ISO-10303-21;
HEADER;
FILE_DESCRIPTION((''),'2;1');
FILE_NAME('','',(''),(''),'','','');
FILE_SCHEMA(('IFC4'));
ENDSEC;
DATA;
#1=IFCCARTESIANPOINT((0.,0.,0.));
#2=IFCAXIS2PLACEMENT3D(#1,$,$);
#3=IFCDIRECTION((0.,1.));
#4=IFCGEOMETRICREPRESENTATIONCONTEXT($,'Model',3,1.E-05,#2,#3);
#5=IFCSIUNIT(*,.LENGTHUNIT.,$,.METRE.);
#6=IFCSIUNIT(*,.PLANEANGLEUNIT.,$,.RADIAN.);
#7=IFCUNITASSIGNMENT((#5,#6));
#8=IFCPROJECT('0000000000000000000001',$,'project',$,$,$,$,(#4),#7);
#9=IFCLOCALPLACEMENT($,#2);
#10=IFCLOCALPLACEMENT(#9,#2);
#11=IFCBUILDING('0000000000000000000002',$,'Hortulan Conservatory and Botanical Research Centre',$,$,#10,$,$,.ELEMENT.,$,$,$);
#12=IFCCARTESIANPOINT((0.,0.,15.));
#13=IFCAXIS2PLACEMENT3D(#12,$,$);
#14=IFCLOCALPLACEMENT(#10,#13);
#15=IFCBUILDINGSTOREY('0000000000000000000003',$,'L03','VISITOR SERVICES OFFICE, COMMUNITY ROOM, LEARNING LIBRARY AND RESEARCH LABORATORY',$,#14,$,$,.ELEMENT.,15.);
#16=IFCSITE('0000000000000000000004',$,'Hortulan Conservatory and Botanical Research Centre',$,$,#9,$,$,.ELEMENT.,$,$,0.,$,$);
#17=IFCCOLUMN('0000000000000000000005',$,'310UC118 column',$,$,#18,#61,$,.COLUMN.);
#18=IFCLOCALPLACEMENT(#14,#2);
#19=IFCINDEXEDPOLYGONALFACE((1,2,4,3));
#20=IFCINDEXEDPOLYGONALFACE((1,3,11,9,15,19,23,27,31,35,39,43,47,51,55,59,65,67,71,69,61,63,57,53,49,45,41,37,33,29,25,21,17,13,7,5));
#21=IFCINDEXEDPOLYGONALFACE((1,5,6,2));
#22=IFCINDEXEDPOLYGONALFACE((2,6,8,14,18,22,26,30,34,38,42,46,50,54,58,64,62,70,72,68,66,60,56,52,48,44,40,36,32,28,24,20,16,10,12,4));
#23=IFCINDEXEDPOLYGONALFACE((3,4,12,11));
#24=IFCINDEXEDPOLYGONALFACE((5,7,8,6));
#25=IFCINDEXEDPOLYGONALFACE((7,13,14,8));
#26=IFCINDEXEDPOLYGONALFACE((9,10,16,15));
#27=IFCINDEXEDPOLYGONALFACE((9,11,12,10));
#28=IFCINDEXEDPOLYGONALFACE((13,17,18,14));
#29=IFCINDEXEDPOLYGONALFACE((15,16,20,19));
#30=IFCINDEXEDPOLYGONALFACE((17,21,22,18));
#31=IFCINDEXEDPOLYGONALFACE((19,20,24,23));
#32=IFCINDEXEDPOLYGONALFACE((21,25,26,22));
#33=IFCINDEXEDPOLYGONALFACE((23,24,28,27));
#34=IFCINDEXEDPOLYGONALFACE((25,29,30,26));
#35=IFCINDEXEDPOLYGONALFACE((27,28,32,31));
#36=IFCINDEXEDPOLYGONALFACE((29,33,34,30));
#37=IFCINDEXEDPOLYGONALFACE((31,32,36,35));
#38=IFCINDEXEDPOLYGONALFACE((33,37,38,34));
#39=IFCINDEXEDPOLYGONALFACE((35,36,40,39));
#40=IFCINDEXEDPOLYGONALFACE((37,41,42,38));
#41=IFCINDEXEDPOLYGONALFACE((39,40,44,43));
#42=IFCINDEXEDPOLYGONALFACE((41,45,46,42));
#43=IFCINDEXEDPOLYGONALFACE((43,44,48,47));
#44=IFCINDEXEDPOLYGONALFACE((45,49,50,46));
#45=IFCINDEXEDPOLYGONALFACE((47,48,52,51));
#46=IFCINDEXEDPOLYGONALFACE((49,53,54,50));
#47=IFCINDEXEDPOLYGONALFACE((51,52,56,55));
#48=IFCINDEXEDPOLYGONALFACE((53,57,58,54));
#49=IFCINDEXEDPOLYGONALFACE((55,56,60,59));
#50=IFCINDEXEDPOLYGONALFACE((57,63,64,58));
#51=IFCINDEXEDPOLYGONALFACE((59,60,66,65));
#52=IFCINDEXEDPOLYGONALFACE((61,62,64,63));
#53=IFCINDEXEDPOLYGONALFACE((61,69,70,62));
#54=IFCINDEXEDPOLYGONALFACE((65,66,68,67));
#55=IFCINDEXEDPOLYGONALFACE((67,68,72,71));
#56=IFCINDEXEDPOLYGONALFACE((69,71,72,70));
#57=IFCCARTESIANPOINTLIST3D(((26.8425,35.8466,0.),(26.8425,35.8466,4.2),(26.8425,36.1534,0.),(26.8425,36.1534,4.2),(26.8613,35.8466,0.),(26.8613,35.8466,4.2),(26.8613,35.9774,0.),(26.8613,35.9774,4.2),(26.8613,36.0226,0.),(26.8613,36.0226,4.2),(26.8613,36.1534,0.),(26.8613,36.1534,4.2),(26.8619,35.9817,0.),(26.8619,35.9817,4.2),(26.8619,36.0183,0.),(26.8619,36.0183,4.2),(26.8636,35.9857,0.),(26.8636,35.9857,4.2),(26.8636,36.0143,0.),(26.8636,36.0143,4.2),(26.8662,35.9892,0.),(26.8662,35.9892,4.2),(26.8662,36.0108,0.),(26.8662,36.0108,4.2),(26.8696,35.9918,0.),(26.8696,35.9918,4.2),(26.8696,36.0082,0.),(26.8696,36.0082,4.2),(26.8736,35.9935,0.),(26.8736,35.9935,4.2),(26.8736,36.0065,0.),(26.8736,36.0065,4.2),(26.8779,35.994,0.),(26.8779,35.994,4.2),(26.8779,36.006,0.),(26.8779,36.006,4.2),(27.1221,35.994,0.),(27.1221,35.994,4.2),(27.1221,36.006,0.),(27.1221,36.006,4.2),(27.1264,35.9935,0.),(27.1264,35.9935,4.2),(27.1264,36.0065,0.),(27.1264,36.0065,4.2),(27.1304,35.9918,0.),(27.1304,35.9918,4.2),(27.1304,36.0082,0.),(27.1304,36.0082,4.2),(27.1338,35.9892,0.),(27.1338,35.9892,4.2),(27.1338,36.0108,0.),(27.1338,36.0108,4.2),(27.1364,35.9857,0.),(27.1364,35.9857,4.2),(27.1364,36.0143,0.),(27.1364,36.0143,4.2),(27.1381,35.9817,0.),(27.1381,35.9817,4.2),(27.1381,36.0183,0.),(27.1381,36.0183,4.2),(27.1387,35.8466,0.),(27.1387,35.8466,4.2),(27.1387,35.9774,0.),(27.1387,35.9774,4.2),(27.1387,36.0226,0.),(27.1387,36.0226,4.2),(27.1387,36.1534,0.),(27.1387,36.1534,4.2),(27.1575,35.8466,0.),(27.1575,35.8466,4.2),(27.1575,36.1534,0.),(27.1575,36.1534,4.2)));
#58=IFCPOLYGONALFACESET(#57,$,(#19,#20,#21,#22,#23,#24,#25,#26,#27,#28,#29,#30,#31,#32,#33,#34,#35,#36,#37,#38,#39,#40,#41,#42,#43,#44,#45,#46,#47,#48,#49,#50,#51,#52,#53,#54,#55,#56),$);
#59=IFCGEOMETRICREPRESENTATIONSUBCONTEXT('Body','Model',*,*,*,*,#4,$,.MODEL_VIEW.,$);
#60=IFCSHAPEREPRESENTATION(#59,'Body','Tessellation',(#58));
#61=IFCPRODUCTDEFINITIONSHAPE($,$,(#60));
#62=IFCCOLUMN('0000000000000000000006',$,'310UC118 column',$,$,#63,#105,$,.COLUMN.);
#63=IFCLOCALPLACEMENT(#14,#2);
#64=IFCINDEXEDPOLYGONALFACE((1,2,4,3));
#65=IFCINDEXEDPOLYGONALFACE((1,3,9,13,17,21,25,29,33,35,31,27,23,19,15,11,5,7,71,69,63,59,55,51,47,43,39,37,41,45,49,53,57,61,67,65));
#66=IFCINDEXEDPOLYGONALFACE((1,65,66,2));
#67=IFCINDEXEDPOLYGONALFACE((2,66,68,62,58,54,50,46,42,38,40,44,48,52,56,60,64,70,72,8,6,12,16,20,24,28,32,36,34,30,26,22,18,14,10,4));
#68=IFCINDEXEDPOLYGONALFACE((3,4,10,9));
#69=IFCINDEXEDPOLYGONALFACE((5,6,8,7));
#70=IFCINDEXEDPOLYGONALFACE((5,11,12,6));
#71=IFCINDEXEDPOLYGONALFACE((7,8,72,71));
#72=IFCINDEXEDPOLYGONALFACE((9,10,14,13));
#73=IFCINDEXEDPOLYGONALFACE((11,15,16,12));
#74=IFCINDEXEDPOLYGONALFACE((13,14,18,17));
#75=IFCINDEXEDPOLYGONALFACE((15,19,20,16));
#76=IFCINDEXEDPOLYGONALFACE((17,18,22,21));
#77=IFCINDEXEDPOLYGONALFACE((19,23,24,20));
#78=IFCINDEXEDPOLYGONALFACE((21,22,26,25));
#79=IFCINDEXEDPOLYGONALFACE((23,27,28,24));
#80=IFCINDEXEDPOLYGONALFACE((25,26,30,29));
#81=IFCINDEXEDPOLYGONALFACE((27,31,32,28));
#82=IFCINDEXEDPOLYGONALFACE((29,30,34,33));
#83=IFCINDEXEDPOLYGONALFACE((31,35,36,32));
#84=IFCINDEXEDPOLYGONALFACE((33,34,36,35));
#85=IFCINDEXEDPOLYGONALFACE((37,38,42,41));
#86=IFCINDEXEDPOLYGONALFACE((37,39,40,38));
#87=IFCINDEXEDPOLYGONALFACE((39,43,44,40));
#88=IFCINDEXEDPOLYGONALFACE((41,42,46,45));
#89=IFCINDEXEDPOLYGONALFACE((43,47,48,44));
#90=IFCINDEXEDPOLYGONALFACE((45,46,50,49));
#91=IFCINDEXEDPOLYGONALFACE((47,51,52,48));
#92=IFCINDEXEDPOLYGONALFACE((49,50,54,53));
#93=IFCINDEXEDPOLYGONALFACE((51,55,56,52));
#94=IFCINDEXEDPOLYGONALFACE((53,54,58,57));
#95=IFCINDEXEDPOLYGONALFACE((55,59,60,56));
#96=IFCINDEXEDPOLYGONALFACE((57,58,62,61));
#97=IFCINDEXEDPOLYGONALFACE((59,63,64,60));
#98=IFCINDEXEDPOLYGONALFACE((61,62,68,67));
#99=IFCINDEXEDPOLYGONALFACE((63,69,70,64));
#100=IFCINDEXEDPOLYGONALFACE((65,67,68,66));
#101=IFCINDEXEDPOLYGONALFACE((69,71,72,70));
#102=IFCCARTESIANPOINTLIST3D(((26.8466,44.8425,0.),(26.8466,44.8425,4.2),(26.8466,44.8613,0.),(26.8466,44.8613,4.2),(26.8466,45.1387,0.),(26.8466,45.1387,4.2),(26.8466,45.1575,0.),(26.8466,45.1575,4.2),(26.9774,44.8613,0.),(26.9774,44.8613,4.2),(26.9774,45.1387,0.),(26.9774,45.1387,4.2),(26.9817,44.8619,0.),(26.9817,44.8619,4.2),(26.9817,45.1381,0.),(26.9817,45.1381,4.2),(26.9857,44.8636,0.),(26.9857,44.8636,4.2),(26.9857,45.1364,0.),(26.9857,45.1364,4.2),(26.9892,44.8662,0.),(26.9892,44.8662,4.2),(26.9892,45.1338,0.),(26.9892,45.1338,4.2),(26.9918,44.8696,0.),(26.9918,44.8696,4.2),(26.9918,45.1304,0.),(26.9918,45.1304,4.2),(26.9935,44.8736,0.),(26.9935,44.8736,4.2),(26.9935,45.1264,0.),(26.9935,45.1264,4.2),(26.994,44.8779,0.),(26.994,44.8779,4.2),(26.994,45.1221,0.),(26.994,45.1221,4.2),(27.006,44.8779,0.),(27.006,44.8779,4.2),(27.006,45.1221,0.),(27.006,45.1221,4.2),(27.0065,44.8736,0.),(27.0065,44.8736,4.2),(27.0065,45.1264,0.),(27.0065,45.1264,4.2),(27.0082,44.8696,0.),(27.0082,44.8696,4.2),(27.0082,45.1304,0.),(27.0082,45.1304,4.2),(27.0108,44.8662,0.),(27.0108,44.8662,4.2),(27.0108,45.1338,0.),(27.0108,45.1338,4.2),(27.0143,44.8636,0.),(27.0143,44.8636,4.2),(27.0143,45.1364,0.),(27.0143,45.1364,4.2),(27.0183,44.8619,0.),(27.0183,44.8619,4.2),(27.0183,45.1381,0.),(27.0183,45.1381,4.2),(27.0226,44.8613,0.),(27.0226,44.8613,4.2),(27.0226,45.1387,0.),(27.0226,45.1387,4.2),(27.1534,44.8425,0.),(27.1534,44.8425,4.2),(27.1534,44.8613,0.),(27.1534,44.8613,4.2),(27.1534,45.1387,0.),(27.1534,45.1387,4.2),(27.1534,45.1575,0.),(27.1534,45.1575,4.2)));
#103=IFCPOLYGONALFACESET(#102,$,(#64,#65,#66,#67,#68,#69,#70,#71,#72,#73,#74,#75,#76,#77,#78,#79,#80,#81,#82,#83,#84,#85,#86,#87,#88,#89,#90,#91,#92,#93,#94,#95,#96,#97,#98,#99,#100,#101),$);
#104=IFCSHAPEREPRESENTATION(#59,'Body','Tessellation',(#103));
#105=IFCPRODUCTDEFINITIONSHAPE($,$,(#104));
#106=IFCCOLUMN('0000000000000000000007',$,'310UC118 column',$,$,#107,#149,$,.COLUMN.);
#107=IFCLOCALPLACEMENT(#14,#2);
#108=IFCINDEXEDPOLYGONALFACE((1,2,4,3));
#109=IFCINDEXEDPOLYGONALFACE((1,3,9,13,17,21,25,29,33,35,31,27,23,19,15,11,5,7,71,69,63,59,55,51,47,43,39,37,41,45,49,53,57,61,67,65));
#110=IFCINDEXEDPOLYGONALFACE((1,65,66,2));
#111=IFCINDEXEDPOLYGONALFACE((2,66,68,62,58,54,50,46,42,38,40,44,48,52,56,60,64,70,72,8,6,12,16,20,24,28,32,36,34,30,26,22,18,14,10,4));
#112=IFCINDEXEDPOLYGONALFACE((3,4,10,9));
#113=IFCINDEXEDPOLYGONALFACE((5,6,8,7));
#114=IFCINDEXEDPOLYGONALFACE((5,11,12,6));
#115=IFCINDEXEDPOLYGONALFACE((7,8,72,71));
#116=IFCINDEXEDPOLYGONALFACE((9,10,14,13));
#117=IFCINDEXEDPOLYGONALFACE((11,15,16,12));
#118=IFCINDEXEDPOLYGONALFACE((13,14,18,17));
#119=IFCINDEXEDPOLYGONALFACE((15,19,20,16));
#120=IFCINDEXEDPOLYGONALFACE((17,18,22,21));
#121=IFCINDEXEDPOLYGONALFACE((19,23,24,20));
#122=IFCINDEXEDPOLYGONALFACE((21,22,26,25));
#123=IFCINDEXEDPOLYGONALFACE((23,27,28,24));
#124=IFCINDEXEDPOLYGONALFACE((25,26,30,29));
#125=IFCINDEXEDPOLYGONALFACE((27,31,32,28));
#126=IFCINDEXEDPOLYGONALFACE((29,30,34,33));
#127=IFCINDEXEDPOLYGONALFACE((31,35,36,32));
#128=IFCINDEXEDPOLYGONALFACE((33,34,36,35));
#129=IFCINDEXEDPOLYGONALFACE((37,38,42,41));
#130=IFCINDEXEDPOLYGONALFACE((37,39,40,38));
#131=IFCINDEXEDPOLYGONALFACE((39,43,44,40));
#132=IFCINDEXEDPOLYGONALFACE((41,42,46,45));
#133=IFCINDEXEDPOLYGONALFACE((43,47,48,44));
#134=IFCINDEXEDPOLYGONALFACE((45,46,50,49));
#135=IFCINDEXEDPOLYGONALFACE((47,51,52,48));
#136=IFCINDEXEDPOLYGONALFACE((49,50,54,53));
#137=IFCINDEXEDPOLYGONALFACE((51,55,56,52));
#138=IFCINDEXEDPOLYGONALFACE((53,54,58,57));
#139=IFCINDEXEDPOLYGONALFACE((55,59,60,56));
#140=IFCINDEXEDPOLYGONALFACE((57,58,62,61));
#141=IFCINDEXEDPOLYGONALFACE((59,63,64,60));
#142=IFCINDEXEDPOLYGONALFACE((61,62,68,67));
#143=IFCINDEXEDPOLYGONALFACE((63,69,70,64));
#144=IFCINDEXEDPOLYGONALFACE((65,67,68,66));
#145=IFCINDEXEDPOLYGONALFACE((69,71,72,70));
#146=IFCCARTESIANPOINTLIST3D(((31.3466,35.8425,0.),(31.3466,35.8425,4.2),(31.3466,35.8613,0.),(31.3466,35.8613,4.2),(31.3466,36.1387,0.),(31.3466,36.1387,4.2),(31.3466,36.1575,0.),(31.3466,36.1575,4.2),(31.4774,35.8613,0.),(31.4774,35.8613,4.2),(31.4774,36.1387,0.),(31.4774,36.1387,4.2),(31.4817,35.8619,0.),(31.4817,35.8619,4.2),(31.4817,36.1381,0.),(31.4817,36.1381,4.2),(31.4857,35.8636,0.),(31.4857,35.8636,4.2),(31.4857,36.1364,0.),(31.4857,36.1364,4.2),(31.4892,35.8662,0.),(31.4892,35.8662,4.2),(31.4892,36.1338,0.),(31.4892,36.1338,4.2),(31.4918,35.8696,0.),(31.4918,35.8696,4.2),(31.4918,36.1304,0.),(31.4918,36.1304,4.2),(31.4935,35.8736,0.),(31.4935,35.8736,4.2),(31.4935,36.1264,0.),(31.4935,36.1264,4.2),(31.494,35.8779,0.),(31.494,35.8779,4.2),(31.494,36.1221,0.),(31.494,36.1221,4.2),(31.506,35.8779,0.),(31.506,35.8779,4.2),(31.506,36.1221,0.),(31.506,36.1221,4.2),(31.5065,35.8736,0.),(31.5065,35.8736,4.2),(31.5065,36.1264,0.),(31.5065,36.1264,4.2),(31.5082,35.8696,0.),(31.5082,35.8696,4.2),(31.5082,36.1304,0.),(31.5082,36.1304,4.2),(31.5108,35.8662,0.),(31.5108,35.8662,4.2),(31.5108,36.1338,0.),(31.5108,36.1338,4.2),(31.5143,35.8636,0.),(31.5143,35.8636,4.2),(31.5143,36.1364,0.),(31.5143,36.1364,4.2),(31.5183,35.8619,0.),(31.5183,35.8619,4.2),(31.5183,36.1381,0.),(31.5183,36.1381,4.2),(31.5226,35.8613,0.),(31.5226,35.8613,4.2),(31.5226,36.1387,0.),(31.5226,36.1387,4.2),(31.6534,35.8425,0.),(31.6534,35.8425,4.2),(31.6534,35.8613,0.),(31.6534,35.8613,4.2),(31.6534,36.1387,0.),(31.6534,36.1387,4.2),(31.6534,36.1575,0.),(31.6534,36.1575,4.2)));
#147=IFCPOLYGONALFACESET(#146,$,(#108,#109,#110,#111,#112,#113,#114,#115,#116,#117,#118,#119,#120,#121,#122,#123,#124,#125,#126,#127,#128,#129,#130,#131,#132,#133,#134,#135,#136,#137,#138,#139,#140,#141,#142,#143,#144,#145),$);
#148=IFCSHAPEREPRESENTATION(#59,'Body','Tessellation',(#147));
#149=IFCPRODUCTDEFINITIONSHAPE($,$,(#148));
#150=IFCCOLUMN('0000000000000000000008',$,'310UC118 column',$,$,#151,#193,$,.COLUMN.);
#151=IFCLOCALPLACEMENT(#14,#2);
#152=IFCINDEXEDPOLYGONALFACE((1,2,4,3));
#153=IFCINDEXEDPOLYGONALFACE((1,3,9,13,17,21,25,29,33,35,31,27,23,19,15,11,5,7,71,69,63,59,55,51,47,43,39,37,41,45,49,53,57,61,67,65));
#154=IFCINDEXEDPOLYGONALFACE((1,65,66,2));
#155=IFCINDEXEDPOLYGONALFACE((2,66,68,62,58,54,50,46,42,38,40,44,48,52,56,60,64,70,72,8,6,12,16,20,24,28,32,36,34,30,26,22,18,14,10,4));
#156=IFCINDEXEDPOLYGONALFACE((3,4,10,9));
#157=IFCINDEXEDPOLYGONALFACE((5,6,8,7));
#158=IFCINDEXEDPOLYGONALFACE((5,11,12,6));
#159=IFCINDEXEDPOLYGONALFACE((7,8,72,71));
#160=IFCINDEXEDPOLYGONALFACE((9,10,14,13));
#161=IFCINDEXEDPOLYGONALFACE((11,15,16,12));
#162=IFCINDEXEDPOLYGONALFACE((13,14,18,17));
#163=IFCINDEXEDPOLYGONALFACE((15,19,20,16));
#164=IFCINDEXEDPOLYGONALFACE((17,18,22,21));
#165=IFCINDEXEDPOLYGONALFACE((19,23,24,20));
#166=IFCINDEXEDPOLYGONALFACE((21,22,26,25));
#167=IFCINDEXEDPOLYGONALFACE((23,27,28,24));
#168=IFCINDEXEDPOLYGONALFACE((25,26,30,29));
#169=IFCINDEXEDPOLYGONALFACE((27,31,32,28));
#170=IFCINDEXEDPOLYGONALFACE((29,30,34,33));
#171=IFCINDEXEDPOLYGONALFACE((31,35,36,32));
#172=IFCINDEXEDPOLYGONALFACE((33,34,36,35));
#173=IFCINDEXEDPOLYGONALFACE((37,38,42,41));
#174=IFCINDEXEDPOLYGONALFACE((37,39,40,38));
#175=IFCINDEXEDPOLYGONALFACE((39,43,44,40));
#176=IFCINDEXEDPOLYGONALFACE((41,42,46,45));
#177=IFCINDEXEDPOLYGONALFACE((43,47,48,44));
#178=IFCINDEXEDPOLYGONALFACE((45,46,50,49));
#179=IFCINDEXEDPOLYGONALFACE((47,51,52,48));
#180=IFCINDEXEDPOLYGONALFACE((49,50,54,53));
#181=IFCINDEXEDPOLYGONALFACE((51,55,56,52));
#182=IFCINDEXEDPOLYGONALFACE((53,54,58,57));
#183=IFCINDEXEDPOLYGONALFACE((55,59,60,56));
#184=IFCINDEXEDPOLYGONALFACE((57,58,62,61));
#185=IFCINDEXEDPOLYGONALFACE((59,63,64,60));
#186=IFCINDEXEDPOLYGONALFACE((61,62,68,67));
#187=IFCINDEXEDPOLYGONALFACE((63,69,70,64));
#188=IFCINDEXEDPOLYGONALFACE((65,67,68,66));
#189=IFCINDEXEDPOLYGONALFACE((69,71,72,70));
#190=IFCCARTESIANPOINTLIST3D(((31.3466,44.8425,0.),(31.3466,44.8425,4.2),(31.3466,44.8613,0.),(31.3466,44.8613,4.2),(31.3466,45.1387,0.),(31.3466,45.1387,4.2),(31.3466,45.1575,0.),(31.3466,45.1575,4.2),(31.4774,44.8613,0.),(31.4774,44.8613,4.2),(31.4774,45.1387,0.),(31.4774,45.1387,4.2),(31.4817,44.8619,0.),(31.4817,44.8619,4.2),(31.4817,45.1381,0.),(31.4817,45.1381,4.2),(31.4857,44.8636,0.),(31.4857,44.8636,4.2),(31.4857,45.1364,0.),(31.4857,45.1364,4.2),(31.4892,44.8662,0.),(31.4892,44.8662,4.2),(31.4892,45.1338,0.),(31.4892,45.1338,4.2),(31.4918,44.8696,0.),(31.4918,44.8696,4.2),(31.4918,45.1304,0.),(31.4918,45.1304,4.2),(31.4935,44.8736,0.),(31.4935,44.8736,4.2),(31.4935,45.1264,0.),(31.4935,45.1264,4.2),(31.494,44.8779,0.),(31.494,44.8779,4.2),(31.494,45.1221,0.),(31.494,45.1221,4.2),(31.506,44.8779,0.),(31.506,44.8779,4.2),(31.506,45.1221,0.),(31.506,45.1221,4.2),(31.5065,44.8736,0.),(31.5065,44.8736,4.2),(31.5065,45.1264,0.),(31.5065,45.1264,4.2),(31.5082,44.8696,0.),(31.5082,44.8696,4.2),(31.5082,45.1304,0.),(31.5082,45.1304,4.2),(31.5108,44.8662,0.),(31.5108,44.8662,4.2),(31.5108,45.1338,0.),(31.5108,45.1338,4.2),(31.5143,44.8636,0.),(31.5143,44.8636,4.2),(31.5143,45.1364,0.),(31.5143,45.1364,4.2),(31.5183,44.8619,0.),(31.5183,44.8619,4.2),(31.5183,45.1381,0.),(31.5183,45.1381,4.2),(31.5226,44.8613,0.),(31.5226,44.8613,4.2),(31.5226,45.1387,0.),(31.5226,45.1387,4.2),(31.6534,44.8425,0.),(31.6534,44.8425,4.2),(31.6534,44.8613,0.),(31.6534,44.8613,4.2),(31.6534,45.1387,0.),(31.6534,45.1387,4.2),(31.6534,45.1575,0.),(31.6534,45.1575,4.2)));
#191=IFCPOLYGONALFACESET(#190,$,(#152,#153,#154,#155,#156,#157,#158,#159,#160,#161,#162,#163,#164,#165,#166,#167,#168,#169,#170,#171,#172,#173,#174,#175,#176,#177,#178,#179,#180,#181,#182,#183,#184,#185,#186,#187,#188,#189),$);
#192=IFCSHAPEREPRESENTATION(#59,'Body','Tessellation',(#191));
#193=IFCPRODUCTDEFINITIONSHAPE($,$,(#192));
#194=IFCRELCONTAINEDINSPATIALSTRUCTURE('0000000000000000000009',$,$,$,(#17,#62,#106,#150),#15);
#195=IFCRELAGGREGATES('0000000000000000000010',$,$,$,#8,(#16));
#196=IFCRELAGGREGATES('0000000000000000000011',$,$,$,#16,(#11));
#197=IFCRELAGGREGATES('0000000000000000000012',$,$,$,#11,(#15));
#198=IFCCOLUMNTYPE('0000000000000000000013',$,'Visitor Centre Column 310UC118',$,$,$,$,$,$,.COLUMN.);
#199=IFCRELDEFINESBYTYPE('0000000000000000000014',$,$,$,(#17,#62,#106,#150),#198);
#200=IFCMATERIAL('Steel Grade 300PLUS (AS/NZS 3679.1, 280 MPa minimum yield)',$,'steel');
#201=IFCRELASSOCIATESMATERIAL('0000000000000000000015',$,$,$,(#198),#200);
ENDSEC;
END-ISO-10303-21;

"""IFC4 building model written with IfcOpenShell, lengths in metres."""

from ifc_helpers import new_model, si_unit, direction, frame, origin, origin_2d, place, context, subcontext, project, spatial, i_section, extrude, material, material_profile, profile_set, type_object, element, save


model = new_model("IFC4")

# Units and contexts
model_context = context("Model", 3, precision=1e-05, world=origin(), true_north=direction((0.0, 1.0)))
body_context = subcontext(model_context, "Body", "Model", "MODEL_VIEW")
ifc_project = project(units=[si_unit("LENGTHUNIT", "METRE"), si_unit("PLANEANGLEUNIT", "RADIAN")], contexts=[model_context])

# Site, building, storey
site_placement = place(None, origin())
site = spatial("IfcSite", under=ifc_project, at=site_placement, Name="Hortulan Conservatory and Botanical Research Centre", CompositionType="ELEMENT", RefElevation=0.0)
building_placement = place(site_placement, origin())
building = spatial("IfcBuilding", under=site, at=building_placement, Name="Hortulan Conservatory and Botanical Research Centre", CompositionType="ELEMENT")
storey_placement = place(building_placement, frame((0.0, 0.0, 15.0)))
storey = spatial("IfcBuildingStorey", under=building, at=storey_placement, Name="L03", Description="VISITOR SERVICES OFFICE, COMMUNITY ROOM, LEARNING LIBRARY AND RESEARCH LABORATORY", CompositionType="ELEMENT", Elevation=15.0)

# Columns
ifc_material_1 = material(Name="Steel Grade 300PLUS (AS/NZS 3679.1, 280 MPa minimum yield)", Category="steel")
ifc_material_profile_1 = material_profile(ifc_material_1, i_section(OverallWidth=0.3069, OverallDepth=0.3149, WebThickness=0.012, FlangeThickness=0.0188, FilletRadius=0.0166, at=origin_2d()), Name="310UC118")
ifc_profile_set_1 = profile_set([ifc_material_profile_1], Name="Steel Grade 300PLUS (AS/NZS 3679.1, 280 MPa minimum yield)")
column_type = type_object("IfcColumnType", Name="Visitor Centre Column 310UC118", PredefinedType="COLUMN", material=ifc_profile_set_1)
for number, where, z_axis, x_axis, name in (
    (1, (27.0, 36.0, 0.0), (0.0, 0.0, 1.0), (0.0, 1.0, 0.0), "310UC118 column"),
    (2, (27.0, 45.0, 0.0), (0.0, 0.0, 1.0), (1.0, 0.0, 0.0), "310UC118 column"),
    (3, (31.5, 36.0, 0.0), (0.0, 0.0, 1.0), (1.0, 0.0, 0.0), "310UC118 column"),
    (4, (31.5, 45.0, 0.0), (0.0, 0.0, 1.0), (1.0, 0.0, 0.0), "310UC118 column"),
):
    element("IfcColumn", number, at=place(storey_placement, frame(where, z_axis=z_axis, x_axis=x_axis)), inside=storey, type_object=column_type, Name=name, PredefinedType="COLUMN", context=body_context, shape_type="SweptSolid", body=[
        extrude(i_section(OverallWidth=0.3069, OverallDepth=0.3149, WebThickness=0.012, FlangeThickness=0.0188, FilletRadius=0.0166, at=origin_2d()), origin(), (0.0, 0.0, 1.0), 4.2),
    ])

save(model, "model.ifc")
